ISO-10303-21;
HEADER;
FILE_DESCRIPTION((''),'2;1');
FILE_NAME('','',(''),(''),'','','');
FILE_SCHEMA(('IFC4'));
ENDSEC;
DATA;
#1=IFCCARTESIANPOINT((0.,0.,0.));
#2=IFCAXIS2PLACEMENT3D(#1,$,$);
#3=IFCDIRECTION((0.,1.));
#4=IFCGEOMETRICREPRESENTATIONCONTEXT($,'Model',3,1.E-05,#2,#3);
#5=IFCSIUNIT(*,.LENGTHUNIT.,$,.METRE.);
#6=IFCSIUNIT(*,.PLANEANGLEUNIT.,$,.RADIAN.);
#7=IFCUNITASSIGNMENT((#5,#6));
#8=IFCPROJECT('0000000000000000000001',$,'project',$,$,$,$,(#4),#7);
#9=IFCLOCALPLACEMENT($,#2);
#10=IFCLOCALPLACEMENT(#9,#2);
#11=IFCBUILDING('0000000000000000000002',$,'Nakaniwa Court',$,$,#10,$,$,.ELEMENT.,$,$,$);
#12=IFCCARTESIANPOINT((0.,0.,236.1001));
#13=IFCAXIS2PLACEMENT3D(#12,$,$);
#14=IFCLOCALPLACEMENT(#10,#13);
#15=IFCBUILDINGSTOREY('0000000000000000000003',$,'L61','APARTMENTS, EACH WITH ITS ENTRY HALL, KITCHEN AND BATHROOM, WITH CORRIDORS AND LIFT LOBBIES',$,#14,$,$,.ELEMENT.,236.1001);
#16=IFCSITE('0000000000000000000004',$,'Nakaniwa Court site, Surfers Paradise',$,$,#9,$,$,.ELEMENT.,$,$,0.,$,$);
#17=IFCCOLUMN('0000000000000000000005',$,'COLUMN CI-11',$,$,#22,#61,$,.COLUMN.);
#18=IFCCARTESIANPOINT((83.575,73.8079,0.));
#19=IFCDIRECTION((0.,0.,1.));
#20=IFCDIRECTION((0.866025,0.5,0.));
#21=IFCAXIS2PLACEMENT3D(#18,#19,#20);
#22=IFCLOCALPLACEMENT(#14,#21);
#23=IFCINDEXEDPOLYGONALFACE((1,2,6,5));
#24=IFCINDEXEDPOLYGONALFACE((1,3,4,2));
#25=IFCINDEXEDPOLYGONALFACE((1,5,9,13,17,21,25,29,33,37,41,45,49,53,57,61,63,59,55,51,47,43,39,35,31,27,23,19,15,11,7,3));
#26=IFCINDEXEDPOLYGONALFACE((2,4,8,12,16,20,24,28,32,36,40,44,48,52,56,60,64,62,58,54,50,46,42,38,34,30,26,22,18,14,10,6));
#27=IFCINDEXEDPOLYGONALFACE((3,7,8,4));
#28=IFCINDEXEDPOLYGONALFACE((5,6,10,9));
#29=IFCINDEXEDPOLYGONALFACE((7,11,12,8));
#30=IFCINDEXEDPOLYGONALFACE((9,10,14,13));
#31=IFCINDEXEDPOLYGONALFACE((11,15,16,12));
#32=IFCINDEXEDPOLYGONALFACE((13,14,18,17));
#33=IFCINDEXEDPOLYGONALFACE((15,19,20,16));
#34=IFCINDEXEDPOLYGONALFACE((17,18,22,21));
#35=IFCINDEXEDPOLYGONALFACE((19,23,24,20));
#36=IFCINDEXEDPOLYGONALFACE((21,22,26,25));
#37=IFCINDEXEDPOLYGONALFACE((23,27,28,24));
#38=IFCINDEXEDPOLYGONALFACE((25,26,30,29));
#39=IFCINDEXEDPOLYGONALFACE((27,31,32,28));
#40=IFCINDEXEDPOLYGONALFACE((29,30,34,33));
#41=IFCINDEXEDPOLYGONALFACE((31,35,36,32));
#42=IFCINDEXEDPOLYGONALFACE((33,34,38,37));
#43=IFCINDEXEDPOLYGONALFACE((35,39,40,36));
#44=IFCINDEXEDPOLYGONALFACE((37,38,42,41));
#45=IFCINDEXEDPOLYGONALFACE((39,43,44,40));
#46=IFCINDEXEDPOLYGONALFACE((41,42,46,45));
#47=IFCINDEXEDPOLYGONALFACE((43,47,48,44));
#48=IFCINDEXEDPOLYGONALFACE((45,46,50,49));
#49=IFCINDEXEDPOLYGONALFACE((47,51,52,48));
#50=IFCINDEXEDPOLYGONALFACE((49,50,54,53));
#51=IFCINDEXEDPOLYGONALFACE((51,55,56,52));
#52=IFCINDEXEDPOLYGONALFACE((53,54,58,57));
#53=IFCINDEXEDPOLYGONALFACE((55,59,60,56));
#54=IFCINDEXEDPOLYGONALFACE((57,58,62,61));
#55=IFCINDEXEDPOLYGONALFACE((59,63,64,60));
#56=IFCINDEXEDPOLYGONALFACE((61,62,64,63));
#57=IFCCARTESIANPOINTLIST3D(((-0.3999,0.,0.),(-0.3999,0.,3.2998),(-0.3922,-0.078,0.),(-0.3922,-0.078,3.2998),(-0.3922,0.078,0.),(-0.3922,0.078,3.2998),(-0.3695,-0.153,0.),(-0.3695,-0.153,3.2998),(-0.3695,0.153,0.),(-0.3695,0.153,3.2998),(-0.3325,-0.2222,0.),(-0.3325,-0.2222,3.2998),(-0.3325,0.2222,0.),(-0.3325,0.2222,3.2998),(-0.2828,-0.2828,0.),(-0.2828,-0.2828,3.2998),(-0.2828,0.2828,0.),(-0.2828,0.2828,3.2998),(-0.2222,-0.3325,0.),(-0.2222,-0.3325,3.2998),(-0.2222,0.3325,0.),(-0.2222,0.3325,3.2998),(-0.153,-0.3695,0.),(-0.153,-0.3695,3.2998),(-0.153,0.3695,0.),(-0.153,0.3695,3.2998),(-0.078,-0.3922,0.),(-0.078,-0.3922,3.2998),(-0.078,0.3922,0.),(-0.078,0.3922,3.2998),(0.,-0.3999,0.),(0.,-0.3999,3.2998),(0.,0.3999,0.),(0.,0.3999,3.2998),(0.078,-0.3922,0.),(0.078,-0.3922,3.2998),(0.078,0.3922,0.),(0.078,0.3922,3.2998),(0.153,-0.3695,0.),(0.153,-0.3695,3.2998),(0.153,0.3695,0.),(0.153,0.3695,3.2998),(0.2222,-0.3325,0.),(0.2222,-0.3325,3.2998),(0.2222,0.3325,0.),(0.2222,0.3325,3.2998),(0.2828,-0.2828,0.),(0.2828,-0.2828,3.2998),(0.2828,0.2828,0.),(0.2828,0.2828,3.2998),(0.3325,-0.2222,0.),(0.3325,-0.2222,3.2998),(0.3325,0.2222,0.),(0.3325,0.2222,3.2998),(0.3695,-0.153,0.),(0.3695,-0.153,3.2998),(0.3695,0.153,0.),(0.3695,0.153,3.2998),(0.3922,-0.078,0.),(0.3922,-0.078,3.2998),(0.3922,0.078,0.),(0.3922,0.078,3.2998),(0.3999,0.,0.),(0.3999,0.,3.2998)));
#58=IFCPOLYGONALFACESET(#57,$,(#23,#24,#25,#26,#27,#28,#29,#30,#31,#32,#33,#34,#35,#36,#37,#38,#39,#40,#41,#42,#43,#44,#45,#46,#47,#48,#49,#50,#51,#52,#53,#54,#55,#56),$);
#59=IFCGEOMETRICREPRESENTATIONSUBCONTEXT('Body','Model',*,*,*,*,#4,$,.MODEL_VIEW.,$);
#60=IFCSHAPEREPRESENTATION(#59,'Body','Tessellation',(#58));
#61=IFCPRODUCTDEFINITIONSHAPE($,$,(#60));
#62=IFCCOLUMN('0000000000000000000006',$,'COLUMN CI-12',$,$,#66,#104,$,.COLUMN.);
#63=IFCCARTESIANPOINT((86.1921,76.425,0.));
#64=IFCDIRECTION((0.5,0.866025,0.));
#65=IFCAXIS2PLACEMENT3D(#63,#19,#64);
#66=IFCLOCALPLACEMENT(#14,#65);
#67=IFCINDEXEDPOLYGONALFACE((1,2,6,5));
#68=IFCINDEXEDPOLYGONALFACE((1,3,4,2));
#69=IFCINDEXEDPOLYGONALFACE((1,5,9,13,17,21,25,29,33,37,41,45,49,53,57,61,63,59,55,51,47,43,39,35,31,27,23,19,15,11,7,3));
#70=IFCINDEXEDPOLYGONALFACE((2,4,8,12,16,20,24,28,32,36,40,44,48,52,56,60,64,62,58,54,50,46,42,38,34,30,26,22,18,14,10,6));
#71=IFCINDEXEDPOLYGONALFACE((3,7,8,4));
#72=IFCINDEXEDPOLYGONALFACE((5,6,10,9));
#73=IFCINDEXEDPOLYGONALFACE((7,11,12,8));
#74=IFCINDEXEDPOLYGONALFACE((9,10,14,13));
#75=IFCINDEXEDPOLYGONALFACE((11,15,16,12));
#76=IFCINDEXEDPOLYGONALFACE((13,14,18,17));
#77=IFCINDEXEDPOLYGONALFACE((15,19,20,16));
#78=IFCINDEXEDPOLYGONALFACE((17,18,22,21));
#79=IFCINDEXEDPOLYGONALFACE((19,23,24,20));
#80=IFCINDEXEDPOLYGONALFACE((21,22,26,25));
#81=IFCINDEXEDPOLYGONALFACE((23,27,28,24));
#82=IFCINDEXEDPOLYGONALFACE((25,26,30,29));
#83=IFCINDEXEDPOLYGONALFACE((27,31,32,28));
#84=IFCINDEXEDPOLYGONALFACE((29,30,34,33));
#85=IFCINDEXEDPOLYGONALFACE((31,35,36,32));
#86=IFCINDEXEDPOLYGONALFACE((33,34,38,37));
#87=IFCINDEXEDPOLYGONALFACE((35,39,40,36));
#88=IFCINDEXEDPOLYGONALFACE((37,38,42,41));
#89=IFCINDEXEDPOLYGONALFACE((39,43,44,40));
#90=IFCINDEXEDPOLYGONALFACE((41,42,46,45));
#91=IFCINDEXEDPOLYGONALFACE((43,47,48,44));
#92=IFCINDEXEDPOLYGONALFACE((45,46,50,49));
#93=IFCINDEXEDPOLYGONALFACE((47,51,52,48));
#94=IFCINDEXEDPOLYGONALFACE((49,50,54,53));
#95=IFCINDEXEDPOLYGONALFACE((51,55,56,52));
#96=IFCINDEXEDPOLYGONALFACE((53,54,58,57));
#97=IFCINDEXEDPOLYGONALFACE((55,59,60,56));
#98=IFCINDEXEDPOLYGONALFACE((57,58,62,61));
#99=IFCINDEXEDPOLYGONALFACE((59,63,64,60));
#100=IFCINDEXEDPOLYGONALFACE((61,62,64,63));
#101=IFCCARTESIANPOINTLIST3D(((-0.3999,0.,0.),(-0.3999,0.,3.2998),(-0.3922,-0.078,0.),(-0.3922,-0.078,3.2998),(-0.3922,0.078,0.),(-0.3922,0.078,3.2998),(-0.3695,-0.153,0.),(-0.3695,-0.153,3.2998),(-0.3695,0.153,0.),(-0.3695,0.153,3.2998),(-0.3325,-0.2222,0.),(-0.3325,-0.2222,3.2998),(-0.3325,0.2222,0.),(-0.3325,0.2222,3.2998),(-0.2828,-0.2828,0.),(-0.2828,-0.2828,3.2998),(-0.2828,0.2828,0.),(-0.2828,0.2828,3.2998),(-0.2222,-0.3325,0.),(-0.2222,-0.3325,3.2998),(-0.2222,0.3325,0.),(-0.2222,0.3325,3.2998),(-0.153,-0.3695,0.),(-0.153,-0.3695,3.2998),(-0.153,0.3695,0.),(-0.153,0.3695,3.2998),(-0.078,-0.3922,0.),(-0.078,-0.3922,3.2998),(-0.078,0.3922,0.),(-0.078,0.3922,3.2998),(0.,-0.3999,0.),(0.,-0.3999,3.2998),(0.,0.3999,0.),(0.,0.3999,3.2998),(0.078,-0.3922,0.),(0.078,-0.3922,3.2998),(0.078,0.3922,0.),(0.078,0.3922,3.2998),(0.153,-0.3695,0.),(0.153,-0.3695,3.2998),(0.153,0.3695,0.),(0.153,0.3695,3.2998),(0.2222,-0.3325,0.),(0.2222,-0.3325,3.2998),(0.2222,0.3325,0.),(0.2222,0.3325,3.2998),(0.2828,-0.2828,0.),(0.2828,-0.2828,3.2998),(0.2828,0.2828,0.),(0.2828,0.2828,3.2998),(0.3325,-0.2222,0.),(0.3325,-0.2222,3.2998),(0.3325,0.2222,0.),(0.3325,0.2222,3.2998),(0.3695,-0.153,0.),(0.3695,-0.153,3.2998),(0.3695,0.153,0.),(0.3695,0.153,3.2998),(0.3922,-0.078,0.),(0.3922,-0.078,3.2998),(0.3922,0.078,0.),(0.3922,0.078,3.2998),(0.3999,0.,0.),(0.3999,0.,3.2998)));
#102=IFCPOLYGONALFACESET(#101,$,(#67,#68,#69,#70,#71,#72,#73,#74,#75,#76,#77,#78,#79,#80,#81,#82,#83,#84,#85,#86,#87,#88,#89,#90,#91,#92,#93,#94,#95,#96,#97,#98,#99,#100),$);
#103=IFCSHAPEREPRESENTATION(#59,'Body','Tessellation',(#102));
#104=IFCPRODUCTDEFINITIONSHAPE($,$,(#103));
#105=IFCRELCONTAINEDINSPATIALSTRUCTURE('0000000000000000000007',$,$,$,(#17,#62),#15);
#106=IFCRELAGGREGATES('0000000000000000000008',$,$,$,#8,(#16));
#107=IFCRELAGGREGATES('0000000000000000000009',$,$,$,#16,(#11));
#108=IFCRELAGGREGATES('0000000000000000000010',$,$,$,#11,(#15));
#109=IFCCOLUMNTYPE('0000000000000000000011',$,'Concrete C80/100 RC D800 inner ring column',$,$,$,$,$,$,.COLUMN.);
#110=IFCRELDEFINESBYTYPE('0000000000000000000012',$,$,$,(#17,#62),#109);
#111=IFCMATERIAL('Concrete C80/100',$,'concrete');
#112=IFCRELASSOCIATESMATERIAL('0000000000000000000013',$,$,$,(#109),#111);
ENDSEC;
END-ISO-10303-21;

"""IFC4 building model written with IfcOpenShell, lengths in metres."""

from ifc_helpers import new_model, si_unit, direction, frame, origin, origin_2d, place, context, subcontext, project, spatial, circle, extrude, material, material_profile, profile_set, type_object, element, save


model = new_model("IFC4")

# Units and contexts
model_context = context("Model", 3, precision=1e-05, world=origin(), true_north=direction((0.0, 1.0)))
body_context = subcontext(model_context, "Body", "Model", "MODEL_VIEW")
ifc_project = project(units=[si_unit("LENGTHUNIT", "METRE"), si_unit("PLANEANGLEUNIT", "RADIAN")], contexts=[model_context])

# Site, building, storey
site_placement = place(None, origin())
site = spatial("IfcSite", under=ifc_project, at=site_placement, Name="Nakaniwa Court site, Surfers Paradise", CompositionType="ELEMENT", RefElevation=0.0)
building_placement = place(site_placement, origin())
building = spatial("IfcBuilding", under=site, at=building_placement, Name="Nakaniwa Court", CompositionType="ELEMENT")
storey_placement = place(building_placement, frame((0.0, 0.0, 236.1001)))
storey = spatial("IfcBuildingStorey", under=building, at=storey_placement, Name="L61", Description="APARTMENTS, EACH WITH ITS ENTRY HALL, KITCHEN AND BATHROOM, WITH CORRIDORS AND LIFT LOBBIES", CompositionType="ELEMENT", Elevation=236.1001)

# Columns
ifc_material_1 = material(Name="Concrete C80/100", Category="concrete")
ifc_material_profile_1 = material_profile(ifc_material_1, circle(Radius=0.3999, at=origin_2d()), Name="Concrete C80/100 RC D800 inner ring column")
ifc_profile_set_1 = profile_set([ifc_material_profile_1], Name="Concrete C80/100")
column_type = type_object("IfcColumnType", Name="Concrete C80/100 RC D800 inner ring column", PredefinedType="COLUMN", material=ifc_profile_set_1)
for number, where, z_axis, x_axis, name in (
    (1, (83.575, 73.8079, 0.0), (0.0, 0.0, 1.0), (0.866025, 0.5, 0.0), "COLUMN CI-11"),
    (2, (86.1921, 76.425, 0.0), (0.0, 0.0, 1.0), (0.5, 0.866025, 0.0), "COLUMN CI-12"),
):
    element("IfcColumn", number, at=place(storey_placement, frame(where, z_axis=z_axis, x_axis=x_axis)), inside=storey, type_object=column_type, Name=name, PredefinedType="COLUMN", context=body_context, shape_type="SweptSolid", body=[
        extrude(circle(Radius=0.3999, at=origin_2d()), origin(), (0.0, 0.0, 1.0), 3.2998),
    ])

save(model, "model.ifc")
